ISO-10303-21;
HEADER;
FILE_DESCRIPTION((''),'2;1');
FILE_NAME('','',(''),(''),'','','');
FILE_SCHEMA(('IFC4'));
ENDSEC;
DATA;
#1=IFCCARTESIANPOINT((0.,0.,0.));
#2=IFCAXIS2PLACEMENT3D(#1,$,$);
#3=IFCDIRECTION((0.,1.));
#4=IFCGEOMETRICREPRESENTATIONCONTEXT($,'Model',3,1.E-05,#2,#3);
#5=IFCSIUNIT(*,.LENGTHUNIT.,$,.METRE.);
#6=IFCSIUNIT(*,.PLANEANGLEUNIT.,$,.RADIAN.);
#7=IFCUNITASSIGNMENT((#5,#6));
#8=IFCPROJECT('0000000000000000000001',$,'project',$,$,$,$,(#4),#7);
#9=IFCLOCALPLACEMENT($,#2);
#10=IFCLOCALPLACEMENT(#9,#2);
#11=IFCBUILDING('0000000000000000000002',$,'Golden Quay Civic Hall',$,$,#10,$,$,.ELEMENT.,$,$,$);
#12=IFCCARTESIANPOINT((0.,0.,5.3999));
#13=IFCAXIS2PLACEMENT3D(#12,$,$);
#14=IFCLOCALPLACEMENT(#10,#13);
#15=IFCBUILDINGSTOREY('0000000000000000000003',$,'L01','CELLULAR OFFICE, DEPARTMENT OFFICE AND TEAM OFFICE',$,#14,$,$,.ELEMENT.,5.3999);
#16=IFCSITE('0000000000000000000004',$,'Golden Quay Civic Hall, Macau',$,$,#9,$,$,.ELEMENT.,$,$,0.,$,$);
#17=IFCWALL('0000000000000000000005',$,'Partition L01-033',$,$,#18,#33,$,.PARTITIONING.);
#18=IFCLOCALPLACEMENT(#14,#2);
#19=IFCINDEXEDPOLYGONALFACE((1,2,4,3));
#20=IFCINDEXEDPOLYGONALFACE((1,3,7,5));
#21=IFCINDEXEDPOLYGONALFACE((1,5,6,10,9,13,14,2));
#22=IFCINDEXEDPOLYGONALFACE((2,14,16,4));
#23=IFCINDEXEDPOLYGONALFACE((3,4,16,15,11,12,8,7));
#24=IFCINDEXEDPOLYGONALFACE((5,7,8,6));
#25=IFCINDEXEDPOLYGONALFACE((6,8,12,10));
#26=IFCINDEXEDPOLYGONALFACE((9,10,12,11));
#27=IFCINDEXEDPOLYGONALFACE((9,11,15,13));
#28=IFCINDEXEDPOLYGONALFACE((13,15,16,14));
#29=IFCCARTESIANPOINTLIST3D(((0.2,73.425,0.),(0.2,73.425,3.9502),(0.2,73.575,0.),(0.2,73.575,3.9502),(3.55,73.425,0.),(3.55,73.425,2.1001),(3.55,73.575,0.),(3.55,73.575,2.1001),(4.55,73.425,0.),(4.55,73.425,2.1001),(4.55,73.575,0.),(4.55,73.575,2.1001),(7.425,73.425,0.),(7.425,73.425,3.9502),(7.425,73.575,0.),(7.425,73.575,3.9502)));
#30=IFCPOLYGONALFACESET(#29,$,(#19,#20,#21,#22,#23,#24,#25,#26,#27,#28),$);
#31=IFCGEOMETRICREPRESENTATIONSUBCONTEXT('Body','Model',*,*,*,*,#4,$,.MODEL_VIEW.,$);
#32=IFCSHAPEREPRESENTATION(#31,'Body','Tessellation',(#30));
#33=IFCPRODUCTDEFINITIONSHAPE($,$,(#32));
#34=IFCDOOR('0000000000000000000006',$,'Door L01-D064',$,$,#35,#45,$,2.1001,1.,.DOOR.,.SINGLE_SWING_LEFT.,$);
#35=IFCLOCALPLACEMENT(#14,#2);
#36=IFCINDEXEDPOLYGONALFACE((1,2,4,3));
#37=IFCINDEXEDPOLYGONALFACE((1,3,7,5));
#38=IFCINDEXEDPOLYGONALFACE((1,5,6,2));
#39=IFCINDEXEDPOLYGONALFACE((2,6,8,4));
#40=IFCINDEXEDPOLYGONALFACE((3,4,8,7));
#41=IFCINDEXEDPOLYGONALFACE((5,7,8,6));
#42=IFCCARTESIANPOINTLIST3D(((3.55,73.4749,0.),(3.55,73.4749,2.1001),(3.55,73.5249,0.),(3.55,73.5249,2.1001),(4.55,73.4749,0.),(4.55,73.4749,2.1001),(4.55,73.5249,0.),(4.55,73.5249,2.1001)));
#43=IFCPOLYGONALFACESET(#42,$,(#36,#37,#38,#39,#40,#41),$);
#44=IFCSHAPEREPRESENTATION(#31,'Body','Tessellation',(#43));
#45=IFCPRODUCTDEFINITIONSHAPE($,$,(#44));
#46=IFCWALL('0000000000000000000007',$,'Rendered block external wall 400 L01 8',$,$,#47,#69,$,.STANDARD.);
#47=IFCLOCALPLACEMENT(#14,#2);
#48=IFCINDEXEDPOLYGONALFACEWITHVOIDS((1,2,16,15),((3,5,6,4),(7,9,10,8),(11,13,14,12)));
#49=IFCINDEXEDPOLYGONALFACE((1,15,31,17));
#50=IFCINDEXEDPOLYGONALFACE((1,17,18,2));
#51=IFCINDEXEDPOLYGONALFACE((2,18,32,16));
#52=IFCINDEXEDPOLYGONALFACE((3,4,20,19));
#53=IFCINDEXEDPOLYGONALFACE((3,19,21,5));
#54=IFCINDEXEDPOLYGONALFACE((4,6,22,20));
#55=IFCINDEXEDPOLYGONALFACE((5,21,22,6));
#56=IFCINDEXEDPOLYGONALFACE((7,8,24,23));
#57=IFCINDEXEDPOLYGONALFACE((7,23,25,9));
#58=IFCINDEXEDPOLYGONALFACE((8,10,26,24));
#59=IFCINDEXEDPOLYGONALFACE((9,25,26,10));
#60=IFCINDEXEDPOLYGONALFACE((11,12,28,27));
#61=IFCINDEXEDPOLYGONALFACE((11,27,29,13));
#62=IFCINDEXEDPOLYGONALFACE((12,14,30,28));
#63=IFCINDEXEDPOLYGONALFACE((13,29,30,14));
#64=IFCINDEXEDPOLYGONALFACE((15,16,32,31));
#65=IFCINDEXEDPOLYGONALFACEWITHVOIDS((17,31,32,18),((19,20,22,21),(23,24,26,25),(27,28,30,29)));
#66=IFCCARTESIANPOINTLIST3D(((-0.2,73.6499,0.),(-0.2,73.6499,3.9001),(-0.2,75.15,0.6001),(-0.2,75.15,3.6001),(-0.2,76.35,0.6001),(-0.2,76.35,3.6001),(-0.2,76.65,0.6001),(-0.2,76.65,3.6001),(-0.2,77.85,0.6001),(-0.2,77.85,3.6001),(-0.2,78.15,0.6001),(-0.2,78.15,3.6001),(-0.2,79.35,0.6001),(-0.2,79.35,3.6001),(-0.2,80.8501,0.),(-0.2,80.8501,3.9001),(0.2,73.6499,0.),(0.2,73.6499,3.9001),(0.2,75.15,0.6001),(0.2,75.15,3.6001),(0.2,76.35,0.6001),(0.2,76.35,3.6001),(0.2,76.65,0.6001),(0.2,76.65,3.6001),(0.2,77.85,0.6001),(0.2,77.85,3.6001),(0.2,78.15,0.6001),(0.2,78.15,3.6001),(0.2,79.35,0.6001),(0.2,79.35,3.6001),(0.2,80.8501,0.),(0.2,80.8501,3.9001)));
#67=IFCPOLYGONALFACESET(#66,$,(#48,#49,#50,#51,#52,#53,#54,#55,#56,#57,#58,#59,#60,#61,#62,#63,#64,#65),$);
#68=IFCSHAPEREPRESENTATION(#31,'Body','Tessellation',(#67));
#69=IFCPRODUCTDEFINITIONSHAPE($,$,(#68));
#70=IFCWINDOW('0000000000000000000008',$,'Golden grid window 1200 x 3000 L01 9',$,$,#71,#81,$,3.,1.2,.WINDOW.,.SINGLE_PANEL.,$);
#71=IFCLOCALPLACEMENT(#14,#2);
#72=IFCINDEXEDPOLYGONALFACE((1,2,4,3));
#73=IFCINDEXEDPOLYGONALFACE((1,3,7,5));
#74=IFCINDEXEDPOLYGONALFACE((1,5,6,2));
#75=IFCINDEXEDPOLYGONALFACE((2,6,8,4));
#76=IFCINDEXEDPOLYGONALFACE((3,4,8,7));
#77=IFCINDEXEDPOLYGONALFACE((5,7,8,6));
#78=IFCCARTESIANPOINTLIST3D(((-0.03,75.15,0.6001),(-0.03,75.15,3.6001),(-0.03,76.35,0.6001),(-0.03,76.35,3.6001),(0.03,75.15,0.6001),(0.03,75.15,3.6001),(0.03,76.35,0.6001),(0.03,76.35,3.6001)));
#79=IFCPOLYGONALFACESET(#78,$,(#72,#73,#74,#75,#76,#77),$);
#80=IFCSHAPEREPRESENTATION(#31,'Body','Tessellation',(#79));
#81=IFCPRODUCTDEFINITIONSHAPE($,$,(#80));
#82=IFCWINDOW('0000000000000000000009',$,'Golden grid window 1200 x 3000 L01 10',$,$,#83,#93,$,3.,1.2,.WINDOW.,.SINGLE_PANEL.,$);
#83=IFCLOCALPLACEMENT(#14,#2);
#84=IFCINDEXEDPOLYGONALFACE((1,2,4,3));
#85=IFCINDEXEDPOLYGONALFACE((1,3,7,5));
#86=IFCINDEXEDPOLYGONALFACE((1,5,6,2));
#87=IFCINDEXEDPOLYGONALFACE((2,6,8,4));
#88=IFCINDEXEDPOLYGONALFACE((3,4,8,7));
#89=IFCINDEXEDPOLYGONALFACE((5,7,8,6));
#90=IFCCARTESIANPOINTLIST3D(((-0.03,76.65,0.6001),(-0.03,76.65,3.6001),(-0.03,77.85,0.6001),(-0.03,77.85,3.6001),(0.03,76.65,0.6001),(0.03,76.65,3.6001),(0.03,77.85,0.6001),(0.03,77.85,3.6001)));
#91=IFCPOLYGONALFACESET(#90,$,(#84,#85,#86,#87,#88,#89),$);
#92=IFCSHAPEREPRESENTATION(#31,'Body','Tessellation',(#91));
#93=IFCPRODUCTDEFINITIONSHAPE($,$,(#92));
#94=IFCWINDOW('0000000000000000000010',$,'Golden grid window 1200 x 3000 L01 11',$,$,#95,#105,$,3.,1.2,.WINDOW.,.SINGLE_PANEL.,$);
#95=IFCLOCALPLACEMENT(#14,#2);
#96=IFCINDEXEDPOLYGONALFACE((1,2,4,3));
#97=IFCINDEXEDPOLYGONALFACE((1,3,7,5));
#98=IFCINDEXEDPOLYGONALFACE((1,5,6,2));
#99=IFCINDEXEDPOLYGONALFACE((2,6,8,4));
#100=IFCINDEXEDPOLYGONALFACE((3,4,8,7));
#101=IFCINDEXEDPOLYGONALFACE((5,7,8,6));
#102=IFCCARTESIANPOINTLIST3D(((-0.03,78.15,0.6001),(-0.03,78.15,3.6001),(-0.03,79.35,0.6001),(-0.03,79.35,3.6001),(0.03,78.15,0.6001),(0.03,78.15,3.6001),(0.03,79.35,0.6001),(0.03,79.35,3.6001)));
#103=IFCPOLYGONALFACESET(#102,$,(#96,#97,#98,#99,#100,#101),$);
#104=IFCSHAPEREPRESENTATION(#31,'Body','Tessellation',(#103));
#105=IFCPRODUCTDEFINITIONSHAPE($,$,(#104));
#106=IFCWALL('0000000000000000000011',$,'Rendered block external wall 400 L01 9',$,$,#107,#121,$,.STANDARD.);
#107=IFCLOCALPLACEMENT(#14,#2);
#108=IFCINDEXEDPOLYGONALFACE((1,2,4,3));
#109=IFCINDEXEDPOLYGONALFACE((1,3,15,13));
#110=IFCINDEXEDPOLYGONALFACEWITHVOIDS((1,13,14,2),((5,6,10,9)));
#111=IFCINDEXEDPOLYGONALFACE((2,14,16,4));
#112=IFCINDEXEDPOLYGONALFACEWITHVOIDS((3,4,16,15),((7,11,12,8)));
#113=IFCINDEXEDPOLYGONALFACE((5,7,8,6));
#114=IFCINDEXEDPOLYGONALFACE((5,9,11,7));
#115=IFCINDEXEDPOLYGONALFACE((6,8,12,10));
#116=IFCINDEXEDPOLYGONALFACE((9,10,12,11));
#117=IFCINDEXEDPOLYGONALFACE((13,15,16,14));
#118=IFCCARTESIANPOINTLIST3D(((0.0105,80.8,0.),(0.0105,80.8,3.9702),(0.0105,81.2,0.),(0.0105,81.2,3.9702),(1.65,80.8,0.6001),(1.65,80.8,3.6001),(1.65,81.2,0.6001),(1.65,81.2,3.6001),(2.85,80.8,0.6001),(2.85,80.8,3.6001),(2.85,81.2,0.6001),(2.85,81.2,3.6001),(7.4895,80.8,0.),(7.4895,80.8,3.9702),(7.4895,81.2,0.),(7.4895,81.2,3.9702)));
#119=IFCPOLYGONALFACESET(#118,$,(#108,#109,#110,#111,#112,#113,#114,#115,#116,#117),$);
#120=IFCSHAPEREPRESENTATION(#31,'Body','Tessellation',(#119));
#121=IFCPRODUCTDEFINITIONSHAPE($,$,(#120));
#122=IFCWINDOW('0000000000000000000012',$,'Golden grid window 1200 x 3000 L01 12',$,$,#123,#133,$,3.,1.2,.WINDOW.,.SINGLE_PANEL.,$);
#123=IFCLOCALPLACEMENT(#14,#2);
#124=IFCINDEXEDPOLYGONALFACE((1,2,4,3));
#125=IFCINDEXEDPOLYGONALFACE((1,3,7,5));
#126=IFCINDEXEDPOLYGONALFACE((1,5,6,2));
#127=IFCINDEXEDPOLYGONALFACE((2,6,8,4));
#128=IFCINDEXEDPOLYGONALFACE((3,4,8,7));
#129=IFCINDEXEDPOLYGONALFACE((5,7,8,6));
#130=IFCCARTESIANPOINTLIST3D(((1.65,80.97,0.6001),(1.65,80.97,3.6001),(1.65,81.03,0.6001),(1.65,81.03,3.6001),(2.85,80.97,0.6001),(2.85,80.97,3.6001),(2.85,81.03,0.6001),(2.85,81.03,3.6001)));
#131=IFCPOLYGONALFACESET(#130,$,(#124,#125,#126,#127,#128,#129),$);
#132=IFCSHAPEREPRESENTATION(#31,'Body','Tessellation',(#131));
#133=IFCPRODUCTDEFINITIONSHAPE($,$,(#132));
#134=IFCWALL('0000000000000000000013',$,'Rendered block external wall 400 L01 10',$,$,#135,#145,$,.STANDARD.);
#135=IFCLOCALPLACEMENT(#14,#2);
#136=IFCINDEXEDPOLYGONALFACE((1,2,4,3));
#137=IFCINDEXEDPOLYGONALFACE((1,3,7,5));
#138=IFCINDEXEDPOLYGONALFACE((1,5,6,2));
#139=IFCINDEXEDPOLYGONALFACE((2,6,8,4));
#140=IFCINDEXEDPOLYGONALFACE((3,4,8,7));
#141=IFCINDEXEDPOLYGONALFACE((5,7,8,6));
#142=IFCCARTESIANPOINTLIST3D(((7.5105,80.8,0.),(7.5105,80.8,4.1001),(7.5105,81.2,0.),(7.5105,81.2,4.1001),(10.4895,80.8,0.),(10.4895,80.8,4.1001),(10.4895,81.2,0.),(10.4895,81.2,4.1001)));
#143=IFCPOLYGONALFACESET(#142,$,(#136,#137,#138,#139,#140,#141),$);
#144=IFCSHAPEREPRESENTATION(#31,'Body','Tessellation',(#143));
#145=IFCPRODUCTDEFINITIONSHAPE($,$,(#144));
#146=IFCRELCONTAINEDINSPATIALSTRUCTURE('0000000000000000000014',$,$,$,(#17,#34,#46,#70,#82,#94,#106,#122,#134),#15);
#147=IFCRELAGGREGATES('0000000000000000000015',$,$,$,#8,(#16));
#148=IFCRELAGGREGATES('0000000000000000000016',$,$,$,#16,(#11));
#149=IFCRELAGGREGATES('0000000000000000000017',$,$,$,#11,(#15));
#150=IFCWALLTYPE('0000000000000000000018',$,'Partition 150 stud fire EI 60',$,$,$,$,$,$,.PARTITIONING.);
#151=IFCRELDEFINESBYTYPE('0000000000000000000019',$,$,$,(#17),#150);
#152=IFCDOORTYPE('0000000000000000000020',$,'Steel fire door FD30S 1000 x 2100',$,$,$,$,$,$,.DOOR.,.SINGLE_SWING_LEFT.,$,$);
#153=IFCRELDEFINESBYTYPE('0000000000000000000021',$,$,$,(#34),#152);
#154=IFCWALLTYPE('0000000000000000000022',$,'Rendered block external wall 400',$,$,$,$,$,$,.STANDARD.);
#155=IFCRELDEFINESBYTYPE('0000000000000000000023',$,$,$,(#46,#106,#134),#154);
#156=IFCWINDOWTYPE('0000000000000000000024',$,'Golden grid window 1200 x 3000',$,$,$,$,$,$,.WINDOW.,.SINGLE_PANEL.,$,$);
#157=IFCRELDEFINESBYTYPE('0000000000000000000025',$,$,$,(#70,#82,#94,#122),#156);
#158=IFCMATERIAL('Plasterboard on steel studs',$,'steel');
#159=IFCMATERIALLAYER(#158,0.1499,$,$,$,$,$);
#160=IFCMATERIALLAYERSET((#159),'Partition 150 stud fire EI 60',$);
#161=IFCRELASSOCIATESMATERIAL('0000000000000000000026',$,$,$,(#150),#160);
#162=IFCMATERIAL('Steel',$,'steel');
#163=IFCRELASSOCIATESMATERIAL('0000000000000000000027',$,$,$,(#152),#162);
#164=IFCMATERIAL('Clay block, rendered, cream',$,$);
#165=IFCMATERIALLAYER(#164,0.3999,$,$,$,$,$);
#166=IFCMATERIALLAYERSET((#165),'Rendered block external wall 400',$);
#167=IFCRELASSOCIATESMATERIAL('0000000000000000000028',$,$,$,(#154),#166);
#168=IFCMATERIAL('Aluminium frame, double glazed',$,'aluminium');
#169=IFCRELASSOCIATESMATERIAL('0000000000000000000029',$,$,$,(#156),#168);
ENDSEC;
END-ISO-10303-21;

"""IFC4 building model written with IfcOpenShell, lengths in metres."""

from ifc_helpers import new_model, si_unit, direction, frame, frame_2d, origin, place, context, subcontext, project, spatial, rectangle, extrude, material, layer, layer_set, type_object, element, fill, save


model = new_model("IFC4")

# Units and contexts
model_context = context("Model", 3, precision=1e-05, world=origin(), true_north=direction((0.0, 1.0)))
body_context = subcontext(model_context, "Body", "Model", "MODEL_VIEW")
ifc_project = project(units=[si_unit("LENGTHUNIT", "METRE"), si_unit("PLANEANGLEUNIT", "RADIAN")], contexts=[model_context])

# Site, building, storey
site_placement = place(None, origin())
site = spatial("IfcSite", under=ifc_project, at=site_placement, Name="Golden Quay Civic Hall, Macau", CompositionType="ELEMENT", RefElevation=0.0)
building_placement = place(site_placement, origin())
building = spatial("IfcBuilding", under=site, at=building_placement, Name="Golden Quay Civic Hall", CompositionType="ELEMENT")
storey_placement = place(building_placement, frame((0.0, 0.0, 5.3999)))
storey = spatial("IfcBuildingStorey", under=building, at=storey_placement, Name="L01", Description="CELLULAR OFFICE, DEPARTMENT OFFICE AND TEAM OFFICE", CompositionType="ELEMENT", Elevation=5.3999)

# Wall, opening, door
ifc_material_1 = material(Name="Plasterboard on steel studs", Category="steel")
ifc_layer_1 = layer(ifc_material_1, 0.1499)
ifc_layer_set_1 = layer_set([ifc_layer_1], Name="Partition 150 stud fire EI 60")
wall_type_1 = type_object("IfcWallType", Name="Partition 150 stud fire EI 60", PredefinedType="PARTITIONING", material=ifc_layer_set_1)
ifc_material_2 = material(Name="Steel", Category="steel")
door_type = type_object("IfcDoorType", Name="Steel fire door FD30S 1000 x 2100", OperationType="SINGLE_SWING_LEFT", PredefinedType="DOOR", material=ifc_material_2)
wall_1_placement = place(storey_placement, frame((0.2, 73.5, 0.0), z_axis=(0.0, 0.0, 1.0), x_axis=(1.0, 0.0, 0.0)))
wall_1 = element("IfcWall", 1, at=wall_1_placement, inside=storey, type_object=wall_type_1, Name="Partition L01-033", PredefinedType="PARTITIONING", context=body_context, shape_type="SweptSolid", body=[
    extrude(rectangle(XDim=7.2251, YDim=0.1499, at=frame_2d((3.6125, 0.0))), origin(), (0.0, 0.0, 1.0), 3.9502),
])
opening_1_placement = place(wall_1_placement, frame((3.3501, 0.0, 0.0)))
opening_1 = element("IfcOpeningElement", 2, at=opening_1_placement, cuts=wall_1, PredefinedType="OPENING", context=body_context, shape_type="SweptSolid", body=[
    extrude(rectangle(XDim=1.0, YDim=2.1001, at=frame_2d((0.5, 1.05))), frame((0.0, 0.085, 0.0), z_axis=(0.0, -1.0, 0.0), x_axis=(1.0, 0.0, 0.0)), (0.0, 0.0, 1.0), 0.1699),
])
door_1_placement = place(opening_1_placement, origin())
door_1 = element("IfcDoor", 3, at=door_1_placement, inside=storey, type_object=door_type, Name="Door L01-D064", OperationType="SINGLE_SWING_LEFT", OverallHeight=2.1001, OverallWidth=1.0, PredefinedType="DOOR", context=body_context, shape_type="SweptSolid", body=[
    extrude(rectangle(XDim=1.0, YDim=2.1001, at=frame_2d((0.5, 1.05))), frame((0.0, 0.0249, 0.0), z_axis=(0.0, -1.0, 0.0), x_axis=(1.0, 0.0, 0.0)), (0.0, 0.0, 1.0), 0.05),
])
fill(opening_1, door_1)

# Wall, openings, windows
ifc_material_3 = material(Name="Clay block, rendered, cream")
ifc_layer_2 = layer(ifc_material_3, 0.3999)
ifc_layer_set_2 = layer_set([ifc_layer_2], Name="Rendered block external wall 400")
wall_type_2 = type_object("IfcWallType", Name="Rendered block external wall 400", PredefinedType="STANDARD", material=ifc_layer_set_2)
wall_2_placement = place(storey_placement, frame((0.0, 73.6499, 0.0), z_axis=(0.0, 0.0, 1.0), x_axis=(0.0, 1.0, 0.0)))
wall_2 = element("IfcWall", 4, at=wall_2_placement, inside=storey, type_object=wall_type_2, Name="Rendered block external wall 400 L01 8", PredefinedType="STANDARD", context=body_context, shape_type="SweptSolid", body=[
    extrude(rectangle(XDim=7.2002, YDim=0.3999, at=frame_2d((3.6001, 0.0))), origin(), (0.0, 0.0, 1.0), 3.9001),
])
opening_2_placement = place(wall_2_placement, frame((1.5, 0.0, 0.6001)))
opening_2 = element("IfcOpeningElement", 5, at=opening_2_placement, cuts=wall_2, PredefinedType="OPENING", context=body_context, shape_type="SweptSolid", body=[
    extrude(rectangle(XDim=1.2, YDim=3.0, at=frame_2d((0.6001, 1.5))), frame((0.0, 0.21, 0.0), z_axis=(0.0, -1.0, 0.0), x_axis=(1.0, 0.0, 0.0)), (0.0, 0.0, 1.0), 0.4199),
])
opening_3_placement = place(wall_2_placement, frame((3.0, 0.0, 0.6001)))
opening_3 = element("IfcOpeningElement", 6, at=opening_3_placement, cuts=wall_2, PredefinedType="OPENING", context=body_context, shape_type="SweptSolid", body=[
    extrude(rectangle(XDim=1.2, YDim=3.0, at=frame_2d((0.6001, 1.5))), frame((0.0, 0.21, 0.0), z_axis=(0.0, -1.0, 0.0), x_axis=(1.0, 0.0, 0.0)), (0.0, 0.0, 1.0), 0.4199),
])
opening_4_placement = place(wall_2_placement, frame((4.5, 0.0, 0.6001)))
opening_4 = element("IfcOpeningElement", 7, at=opening_4_placement, cuts=wall_2, PredefinedType="OPENING", context=body_context, shape_type="SweptSolid", body=[
    extrude(rectangle(XDim=1.2, YDim=3.0, at=frame_2d((0.6001, 1.5))), frame((0.0, 0.21, 0.0), z_axis=(0.0, -1.0, 0.0), x_axis=(1.0, 0.0, 0.0)), (0.0, 0.0, 1.0), 0.4199),
])
ifc_material_4 = material(Name="Aluminium frame, double glazed", Category="aluminium")
window_type = type_object("IfcWindowType", Name="Golden grid window 1200 x 3000", PartitioningType="SINGLE_PANEL", PredefinedType="WINDOW", material=ifc_material_4)
window_1_placement = place(opening_2_placement, origin())
window_1 = element("IfcWindow", 8, at=window_1_placement, inside=storey, type_object=window_type, Name="Golden grid window 1200 x 3000 L01 9", OverallHeight=3.0, OverallWidth=1.2, PartitioningType="SINGLE_PANEL", PredefinedType="WINDOW", context=body_context, shape_type="SweptSolid", body=[
    extrude(rectangle(XDim=1.2, YDim=3.0, at=frame_2d((0.6001, 1.5))), frame((0.0, 0.03, 0.0), z_axis=(0.0, -1.0, 0.0), x_axis=(1.0, 0.0, 0.0)), (0.0, 0.0, 1.0), 0.0601),
])
fill(opening_2, window_1)
window_2_placement = place(opening_3_placement, origin())
window_2 = element("IfcWindow", 9, at=window_2_placement, inside=storey, type_object=window_type, Name="Golden grid window 1200 x 3000 L01 10", OverallHeight=3.0, OverallWidth=1.2, PartitioningType="SINGLE_PANEL", PredefinedType="WINDOW", context=body_context, shape_type="SweptSolid", body=[
    extrude(rectangle(XDim=1.2, YDim=3.0, at=frame_2d((0.6001, 1.5))), frame((0.0, 0.03, 0.0), z_axis=(0.0, -1.0, 0.0), x_axis=(1.0, 0.0, 0.0)), (0.0, 0.0, 1.0), 0.0601),
])
fill(opening_3, window_2)
window_3_placement = place(opening_4_placement, origin())
window_3 = element("IfcWindow", 10, at=window_3_placement, inside=storey, type_object=window_type, Name="Golden grid window 1200 x 3000 L01 11", OverallHeight=3.0, OverallWidth=1.2, PartitioningType="SINGLE_PANEL", PredefinedType="WINDOW", context=body_context, shape_type="SweptSolid", body=[
    extrude(rectangle(XDim=1.2, YDim=3.0, at=frame_2d((0.6001, 1.5))), frame((0.0, 0.03, 0.0), z_axis=(0.0, -1.0, 0.0), x_axis=(1.0, 0.0, 0.0)), (0.0, 0.0, 1.0), 0.0601),
])
fill(opening_4, window_3)

# Wall, opening, window
wall_3_placement = place(storey_placement, frame((0.0105, 81.0, 0.0), z_axis=(0.0, 0.0, 1.0), x_axis=(1.0, 0.0, 0.0)))
wall_3 = element("IfcWall", 11, at=wall_3_placement, inside=storey, type_object=wall_type_2, Name="Rendered block external wall 400 L01 9", PredefinedType="STANDARD", context=body_context, shape_type="SweptSolid", body=[
    extrude(rectangle(XDim=7.479, YDim=0.3999, at=frame_2d((3.7395, 0.0))), origin(), (0.0, 0.0, 1.0), 3.9702),
])
opening_5_placement = place(wall_3_placement, frame((1.6394, 0.0, 0.6001)))
opening_5 = element("IfcOpeningElement", 12, at=opening_5_placement, cuts=wall_3, PredefinedType="OPENING", context=body_context, shape_type="SweptSolid", body=[
    extrude(rectangle(XDim=1.2, YDim=3.0, at=frame_2d((0.6001, 1.5))), frame((0.0, 0.21, 0.0), z_axis=(0.0, -1.0, 0.0), x_axis=(1.0, 0.0, 0.0)), (0.0, 0.0, 1.0), 0.4199),
])
window_4_placement = place(opening_5_placement, origin())
window_4 = element("IfcWindow", 13, at=window_4_placement, inside=storey, type_object=window_type, Name="Golden grid window 1200 x 3000 L01 12", OverallHeight=3.0, OverallWidth=1.2, PartitioningType="SINGLE_PANEL", PredefinedType="WINDOW", context=body_context, shape_type="SweptSolid", body=[
    extrude(rectangle(XDim=1.2, YDim=3.0, at=frame_2d((0.6001, 1.5))), frame((0.0, 0.03, 0.0), z_axis=(0.0, -1.0, 0.0), x_axis=(1.0, 0.0, 0.0)), (0.0, 0.0, 1.0), 0.0601),
])
fill(opening_5, window_4)

# Wall
wall_4_placement = place(storey_placement, frame((7.5105, 81.0, 0.0), z_axis=(0.0, 0.0, 1.0), x_axis=(1.0, 0.0, 0.0)))
element("IfcWall", 14, at=wall_4_placement, inside=storey, type_object=wall_type_2, Name="Rendered block external wall 400 L01 10", PredefinedType="STANDARD", context=body_context, shape_type="SweptSolid", body=[
    extrude(rectangle(XDim=2.979, YDim=0.3999, at=frame_2d((1.4895, 0.0))), origin(), (0.0, 0.0, 1.0), 4.1001),
])

save(model, "model.ifc")
